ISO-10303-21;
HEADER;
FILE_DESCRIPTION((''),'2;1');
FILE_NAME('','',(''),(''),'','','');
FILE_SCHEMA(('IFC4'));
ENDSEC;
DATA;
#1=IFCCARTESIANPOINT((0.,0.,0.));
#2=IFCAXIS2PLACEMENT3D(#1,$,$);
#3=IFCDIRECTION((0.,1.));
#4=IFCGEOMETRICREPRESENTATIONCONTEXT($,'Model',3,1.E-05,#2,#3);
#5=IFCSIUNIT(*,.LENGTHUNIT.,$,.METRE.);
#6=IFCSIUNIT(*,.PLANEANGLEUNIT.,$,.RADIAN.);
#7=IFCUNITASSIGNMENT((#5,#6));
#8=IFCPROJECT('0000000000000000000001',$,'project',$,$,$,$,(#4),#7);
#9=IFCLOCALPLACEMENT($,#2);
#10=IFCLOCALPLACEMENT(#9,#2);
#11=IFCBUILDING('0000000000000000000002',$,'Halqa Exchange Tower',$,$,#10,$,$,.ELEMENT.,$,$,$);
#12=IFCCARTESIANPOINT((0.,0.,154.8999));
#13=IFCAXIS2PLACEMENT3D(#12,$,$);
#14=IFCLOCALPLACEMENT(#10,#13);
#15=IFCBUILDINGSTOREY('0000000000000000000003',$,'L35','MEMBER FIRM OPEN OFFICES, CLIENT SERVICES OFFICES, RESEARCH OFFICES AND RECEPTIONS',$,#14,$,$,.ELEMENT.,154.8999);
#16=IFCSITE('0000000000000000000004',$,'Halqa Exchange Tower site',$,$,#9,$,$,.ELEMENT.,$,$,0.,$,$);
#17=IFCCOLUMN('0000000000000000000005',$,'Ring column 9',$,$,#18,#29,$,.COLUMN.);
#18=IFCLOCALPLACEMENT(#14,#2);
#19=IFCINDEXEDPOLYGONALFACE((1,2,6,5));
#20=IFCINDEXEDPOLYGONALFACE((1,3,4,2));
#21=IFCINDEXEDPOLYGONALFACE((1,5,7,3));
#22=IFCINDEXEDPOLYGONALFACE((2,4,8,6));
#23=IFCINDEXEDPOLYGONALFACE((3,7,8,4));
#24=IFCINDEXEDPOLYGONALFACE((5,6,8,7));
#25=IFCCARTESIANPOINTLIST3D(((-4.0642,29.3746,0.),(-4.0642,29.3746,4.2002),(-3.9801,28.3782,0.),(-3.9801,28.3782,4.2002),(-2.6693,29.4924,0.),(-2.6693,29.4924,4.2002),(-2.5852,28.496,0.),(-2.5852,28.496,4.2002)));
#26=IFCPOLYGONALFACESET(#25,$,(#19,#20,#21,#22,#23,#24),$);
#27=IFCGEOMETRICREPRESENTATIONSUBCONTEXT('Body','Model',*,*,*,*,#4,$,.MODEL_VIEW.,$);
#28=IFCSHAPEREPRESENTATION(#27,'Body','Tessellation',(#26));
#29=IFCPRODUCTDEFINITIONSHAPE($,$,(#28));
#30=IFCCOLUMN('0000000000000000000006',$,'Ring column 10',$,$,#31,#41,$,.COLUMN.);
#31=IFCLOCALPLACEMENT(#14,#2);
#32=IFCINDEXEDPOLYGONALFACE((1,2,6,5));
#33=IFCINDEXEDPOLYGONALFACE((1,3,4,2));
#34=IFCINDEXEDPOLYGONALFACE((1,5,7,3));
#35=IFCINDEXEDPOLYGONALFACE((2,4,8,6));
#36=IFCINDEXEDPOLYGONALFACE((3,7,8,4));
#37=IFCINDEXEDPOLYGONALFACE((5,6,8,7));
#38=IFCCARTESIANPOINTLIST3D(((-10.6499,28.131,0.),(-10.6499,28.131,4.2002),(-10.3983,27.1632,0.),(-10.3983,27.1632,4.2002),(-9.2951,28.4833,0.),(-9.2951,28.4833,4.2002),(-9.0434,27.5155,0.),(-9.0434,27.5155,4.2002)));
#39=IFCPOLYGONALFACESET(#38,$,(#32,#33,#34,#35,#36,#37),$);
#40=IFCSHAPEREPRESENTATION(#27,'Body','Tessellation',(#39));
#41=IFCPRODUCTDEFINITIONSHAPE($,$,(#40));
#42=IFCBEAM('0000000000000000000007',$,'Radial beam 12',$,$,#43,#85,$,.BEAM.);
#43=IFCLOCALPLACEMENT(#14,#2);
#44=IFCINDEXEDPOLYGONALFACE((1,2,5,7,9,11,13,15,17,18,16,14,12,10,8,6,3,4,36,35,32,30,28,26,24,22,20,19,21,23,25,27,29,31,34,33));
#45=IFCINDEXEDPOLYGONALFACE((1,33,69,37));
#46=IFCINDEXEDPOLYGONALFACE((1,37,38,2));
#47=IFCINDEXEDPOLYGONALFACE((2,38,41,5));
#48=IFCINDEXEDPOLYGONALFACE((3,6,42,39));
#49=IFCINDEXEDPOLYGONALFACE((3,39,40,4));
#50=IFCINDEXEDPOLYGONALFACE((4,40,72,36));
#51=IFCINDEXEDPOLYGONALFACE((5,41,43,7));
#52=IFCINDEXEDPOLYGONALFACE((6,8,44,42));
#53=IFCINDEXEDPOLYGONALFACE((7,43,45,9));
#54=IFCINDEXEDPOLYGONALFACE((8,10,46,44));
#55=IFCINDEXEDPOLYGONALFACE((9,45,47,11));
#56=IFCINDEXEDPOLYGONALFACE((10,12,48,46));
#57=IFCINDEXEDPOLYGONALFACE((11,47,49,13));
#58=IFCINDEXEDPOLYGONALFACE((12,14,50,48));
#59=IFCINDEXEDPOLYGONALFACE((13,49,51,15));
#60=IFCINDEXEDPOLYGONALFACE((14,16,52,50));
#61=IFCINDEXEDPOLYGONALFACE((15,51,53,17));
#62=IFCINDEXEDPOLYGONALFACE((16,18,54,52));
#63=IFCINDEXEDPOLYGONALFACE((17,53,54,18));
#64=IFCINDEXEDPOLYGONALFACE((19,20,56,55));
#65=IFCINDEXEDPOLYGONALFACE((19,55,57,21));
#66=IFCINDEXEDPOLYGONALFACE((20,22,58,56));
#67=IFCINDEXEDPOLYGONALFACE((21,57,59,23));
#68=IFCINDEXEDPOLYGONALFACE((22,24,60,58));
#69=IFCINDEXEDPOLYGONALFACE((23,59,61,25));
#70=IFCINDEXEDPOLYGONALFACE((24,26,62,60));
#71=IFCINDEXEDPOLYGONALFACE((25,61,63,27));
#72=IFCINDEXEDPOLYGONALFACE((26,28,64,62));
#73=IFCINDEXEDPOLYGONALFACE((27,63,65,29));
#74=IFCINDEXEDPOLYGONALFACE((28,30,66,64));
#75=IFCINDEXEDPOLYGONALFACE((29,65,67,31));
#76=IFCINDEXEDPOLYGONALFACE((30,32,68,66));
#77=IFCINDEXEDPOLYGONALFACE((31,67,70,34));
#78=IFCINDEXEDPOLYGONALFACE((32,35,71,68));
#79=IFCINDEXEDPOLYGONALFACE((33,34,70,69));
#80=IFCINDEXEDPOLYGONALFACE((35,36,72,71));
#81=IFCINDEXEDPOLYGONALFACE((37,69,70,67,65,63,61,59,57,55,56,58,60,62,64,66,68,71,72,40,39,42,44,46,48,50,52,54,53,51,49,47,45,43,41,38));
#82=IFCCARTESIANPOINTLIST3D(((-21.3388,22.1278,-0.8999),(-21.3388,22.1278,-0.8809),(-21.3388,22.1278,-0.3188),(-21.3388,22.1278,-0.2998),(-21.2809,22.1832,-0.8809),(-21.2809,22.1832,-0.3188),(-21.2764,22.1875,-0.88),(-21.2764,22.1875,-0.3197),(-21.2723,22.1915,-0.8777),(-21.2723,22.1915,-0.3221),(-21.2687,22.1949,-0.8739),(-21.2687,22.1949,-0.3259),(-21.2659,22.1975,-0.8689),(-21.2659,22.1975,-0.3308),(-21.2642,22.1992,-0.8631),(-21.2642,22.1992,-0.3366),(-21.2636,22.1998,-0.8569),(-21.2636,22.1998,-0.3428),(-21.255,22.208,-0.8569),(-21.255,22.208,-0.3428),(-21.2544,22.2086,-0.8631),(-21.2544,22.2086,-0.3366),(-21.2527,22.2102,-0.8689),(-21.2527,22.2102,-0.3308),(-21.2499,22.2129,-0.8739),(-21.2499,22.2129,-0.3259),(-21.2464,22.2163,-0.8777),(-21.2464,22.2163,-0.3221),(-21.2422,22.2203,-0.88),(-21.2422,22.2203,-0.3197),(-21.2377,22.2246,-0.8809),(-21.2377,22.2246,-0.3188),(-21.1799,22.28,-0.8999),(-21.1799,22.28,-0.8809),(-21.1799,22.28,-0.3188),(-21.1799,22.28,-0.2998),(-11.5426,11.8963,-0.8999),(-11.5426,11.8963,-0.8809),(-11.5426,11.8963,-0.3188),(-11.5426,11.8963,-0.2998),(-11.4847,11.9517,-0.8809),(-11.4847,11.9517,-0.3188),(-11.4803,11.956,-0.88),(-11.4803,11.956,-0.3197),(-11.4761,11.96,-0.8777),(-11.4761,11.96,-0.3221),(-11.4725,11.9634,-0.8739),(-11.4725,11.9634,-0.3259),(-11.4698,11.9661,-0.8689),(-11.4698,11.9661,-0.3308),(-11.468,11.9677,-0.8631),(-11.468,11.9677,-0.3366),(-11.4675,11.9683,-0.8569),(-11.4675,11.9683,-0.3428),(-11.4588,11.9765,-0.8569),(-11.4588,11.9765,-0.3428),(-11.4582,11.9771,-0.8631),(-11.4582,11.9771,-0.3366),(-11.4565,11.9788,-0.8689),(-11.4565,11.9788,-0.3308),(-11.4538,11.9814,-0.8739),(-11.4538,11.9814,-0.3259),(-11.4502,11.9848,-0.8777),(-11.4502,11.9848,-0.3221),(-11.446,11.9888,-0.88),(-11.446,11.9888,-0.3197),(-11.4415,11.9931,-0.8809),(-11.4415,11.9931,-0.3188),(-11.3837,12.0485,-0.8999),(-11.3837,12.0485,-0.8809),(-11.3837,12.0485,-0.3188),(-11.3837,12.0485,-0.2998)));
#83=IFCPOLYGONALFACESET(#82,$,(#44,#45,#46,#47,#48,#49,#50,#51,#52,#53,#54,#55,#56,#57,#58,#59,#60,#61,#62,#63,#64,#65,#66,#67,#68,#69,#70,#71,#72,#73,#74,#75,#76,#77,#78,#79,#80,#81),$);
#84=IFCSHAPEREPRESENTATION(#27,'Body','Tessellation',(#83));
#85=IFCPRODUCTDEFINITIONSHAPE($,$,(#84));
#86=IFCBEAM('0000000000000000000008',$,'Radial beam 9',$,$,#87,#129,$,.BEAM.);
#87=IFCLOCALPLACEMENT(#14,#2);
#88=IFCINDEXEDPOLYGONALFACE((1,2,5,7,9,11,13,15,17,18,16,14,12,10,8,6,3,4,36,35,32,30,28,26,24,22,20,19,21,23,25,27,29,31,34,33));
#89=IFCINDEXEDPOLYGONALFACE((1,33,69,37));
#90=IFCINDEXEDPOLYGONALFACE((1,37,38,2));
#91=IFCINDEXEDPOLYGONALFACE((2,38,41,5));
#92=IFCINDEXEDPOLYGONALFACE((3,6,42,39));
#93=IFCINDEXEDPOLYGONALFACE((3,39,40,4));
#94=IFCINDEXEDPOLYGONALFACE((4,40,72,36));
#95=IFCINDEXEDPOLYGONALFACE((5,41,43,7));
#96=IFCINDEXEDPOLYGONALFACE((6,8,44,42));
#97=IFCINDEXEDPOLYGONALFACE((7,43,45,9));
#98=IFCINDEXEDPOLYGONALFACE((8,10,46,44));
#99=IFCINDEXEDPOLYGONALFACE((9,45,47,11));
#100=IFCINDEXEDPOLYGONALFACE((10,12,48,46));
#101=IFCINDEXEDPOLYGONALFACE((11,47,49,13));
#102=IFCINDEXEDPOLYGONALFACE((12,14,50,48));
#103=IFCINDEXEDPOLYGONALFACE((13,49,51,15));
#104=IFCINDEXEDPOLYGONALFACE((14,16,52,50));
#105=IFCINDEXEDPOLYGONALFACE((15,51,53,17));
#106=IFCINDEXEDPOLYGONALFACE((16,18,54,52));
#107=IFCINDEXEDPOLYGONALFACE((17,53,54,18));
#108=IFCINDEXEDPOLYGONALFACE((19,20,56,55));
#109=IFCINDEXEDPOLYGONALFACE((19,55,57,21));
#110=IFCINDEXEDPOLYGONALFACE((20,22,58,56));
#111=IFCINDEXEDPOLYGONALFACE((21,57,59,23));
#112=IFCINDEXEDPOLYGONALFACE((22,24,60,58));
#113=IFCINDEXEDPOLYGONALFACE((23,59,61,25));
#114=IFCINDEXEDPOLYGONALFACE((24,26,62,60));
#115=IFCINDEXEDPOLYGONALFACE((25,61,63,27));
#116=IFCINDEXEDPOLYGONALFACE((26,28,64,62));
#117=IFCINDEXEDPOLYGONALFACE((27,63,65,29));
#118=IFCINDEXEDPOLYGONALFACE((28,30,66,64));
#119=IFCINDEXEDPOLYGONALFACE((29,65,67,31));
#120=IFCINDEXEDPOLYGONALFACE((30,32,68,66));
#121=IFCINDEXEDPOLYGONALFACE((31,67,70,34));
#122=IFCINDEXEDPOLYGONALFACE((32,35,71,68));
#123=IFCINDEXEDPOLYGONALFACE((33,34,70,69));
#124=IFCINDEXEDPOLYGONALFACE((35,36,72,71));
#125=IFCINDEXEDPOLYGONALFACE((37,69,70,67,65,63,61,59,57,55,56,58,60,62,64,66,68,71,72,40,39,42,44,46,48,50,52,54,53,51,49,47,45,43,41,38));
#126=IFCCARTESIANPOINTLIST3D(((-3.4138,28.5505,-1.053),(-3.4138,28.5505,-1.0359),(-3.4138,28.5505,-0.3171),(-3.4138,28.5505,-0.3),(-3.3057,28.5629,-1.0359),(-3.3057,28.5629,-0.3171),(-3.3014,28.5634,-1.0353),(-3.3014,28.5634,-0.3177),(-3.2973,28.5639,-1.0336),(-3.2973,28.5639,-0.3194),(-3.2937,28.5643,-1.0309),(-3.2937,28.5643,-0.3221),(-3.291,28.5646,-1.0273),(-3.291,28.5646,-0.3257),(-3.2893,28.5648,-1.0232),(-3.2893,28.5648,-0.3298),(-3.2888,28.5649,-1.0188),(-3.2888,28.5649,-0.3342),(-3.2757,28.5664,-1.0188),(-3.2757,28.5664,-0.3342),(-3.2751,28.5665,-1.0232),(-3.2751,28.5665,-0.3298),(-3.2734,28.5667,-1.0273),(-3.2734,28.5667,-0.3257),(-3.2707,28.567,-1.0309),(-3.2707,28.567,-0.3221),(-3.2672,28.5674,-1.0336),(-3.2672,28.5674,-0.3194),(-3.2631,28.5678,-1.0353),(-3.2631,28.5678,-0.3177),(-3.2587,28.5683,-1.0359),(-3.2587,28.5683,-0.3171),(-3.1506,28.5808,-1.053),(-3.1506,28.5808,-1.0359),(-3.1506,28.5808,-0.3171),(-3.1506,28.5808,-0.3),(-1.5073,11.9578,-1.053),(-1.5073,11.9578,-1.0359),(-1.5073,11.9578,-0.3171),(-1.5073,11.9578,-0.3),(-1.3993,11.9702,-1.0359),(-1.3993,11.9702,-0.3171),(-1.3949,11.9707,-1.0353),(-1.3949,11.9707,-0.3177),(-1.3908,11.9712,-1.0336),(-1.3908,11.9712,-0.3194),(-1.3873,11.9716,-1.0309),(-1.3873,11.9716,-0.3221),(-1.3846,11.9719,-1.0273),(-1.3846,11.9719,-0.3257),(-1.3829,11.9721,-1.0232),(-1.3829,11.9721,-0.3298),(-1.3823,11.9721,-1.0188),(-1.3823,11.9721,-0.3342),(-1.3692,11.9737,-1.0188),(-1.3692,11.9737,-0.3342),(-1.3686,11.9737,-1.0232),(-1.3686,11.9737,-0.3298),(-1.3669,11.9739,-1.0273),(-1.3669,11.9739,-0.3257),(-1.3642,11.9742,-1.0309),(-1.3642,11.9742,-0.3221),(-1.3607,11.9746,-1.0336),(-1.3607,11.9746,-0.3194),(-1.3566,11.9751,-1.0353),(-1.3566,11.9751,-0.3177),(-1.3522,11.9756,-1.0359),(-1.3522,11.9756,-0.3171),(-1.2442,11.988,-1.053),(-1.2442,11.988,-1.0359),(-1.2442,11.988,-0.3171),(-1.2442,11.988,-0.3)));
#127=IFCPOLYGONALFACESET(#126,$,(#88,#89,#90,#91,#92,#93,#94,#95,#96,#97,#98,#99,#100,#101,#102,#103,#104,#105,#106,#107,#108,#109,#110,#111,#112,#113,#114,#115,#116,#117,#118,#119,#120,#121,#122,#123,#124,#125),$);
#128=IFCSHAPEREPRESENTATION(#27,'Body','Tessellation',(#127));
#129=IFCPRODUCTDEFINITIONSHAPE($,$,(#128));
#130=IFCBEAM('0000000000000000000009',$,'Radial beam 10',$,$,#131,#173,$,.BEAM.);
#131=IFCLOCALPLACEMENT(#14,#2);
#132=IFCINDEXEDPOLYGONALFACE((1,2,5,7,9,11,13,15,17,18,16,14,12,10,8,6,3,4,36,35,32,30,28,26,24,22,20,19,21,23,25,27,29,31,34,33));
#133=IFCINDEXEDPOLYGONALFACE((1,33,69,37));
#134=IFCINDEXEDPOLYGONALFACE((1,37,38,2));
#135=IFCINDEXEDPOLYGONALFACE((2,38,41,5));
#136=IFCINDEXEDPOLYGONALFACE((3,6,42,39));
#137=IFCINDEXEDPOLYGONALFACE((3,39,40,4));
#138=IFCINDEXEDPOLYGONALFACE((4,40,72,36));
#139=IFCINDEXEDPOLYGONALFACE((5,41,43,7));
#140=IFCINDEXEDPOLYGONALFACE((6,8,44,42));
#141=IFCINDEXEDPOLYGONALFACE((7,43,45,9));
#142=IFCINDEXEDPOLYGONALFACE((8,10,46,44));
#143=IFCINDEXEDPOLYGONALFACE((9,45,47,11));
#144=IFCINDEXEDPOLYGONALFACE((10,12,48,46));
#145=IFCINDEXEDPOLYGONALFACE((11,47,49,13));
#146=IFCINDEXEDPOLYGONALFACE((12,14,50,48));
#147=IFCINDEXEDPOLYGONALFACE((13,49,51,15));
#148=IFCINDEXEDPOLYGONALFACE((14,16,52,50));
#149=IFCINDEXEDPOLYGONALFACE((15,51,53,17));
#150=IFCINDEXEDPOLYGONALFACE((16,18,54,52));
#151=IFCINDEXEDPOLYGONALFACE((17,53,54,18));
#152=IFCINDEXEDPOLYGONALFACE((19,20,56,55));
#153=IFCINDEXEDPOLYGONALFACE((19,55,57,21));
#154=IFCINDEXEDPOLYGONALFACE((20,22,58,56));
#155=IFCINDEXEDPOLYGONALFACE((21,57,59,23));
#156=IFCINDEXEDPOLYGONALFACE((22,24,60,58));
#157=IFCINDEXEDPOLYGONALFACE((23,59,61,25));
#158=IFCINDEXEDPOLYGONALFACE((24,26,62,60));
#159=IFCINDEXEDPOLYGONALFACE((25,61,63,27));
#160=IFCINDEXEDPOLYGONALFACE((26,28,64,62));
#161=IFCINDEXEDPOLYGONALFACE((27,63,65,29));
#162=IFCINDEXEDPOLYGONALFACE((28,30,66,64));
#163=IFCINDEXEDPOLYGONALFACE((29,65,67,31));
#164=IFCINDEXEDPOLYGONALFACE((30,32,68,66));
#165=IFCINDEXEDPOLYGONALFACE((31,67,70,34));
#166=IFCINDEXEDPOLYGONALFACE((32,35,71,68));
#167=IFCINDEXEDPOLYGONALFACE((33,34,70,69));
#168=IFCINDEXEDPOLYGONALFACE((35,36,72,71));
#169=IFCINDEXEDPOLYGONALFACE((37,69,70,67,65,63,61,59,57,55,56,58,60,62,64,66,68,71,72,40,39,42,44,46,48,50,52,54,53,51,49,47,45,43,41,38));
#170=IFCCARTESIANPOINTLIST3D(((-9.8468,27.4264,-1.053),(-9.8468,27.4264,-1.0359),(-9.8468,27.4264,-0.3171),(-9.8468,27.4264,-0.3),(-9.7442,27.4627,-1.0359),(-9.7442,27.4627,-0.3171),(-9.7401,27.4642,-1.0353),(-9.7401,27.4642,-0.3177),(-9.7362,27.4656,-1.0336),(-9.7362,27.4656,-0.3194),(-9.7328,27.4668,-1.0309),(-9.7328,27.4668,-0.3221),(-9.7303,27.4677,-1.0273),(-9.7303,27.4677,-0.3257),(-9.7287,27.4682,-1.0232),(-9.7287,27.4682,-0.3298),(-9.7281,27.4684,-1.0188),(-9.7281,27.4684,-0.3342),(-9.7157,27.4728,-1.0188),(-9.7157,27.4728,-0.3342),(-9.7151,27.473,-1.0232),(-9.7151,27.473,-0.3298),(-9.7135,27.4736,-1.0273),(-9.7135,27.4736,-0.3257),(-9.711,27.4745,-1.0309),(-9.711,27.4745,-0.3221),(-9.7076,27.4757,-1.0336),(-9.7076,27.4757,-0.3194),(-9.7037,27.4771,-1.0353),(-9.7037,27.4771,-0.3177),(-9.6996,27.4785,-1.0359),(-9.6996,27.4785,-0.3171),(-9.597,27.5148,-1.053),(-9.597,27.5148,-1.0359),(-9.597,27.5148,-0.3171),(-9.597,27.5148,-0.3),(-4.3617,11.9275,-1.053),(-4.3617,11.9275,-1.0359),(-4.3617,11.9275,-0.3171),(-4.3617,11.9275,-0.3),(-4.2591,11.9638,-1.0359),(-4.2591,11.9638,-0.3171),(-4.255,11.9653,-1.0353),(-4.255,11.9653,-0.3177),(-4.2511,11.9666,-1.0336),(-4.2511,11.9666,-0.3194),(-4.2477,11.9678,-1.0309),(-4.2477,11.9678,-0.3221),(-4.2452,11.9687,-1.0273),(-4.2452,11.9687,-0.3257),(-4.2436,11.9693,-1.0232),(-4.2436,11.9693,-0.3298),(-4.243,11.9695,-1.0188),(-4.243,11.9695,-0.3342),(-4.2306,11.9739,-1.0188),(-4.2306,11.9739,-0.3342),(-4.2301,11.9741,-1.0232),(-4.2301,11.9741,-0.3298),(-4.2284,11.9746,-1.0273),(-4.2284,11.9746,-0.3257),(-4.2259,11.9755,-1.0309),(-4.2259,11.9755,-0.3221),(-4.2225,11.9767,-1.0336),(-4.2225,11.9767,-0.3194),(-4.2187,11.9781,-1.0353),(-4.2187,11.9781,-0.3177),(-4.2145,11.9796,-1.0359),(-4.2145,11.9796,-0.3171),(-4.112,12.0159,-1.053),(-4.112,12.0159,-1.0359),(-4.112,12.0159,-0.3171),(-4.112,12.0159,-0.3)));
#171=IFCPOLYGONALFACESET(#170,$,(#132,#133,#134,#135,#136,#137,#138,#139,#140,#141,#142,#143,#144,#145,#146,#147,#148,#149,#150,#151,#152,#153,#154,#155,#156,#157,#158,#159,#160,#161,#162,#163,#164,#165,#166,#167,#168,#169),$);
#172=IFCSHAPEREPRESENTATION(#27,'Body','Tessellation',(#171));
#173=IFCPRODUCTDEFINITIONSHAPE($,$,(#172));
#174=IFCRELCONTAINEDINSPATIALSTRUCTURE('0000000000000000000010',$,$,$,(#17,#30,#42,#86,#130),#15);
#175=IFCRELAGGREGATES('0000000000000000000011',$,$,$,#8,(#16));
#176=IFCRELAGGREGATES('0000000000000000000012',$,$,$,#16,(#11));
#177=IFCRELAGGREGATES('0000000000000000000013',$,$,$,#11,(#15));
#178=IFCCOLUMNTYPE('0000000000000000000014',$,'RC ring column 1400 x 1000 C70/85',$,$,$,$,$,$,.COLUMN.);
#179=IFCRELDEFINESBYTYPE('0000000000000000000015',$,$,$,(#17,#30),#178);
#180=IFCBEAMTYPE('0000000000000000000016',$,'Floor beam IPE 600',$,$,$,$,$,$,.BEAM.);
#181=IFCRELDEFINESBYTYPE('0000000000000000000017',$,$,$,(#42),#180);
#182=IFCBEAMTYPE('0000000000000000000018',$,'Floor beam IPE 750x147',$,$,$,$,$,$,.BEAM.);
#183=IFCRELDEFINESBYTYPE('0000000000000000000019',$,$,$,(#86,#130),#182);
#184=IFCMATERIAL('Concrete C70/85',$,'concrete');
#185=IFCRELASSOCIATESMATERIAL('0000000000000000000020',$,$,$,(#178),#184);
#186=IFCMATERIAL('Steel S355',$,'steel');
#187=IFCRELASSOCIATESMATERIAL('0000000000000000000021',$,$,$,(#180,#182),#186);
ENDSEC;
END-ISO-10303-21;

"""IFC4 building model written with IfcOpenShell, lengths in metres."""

from ifc_helpers import new_model, si_unit, direction, frame, origin, origin_2d, place, context, subcontext, project, spatial, rectangle, i_section, extrude, material, material_profile, profile_set, type_object, element, save


model = new_model("IFC4")

# Units and contexts
model_context = context("Model", 3, precision=1e-05, world=origin(), true_north=direction((0.0, 1.0)))
body_context = subcontext(model_context, "Body", "Model", "MODEL_VIEW")
ifc_project = project(units=[si_unit("LENGTHUNIT", "METRE"), si_unit("PLANEANGLEUNIT", "RADIAN")], contexts=[model_context])

# Site, building, storey
site_placement = place(None, origin())
site = spatial("IfcSite", under=ifc_project, at=site_placement, Name="Halqa Exchange Tower site", CompositionType="ELEMENT", RefElevation=0.0)
building_placement = place(site_placement, origin())
building = spatial("IfcBuilding", under=site, at=building_placement, Name="Halqa Exchange Tower", CompositionType="ELEMENT")
storey_placement = place(building_placement, frame((0.0, 0.0, 154.8999)))
storey = spatial("IfcBuildingStorey", under=building, at=storey_placement, Name="L35", Description="MEMBER FIRM OPEN OFFICES, CLIENT SERVICES OFFICES, RESEARCH OFFICES AND RECEPTIONS", CompositionType="ELEMENT", Elevation=154.8999)

# Columns
ifc_material_1 = material(Name="Concrete C70/85", Category="concrete")
ifc_material_profile_1 = material_profile(ifc_material_1, rectangle(XDim=1.3999, YDim=1.0, at=origin_2d()), Name="1400 x 1000")
ifc_profile_set_1 = profile_set([ifc_material_profile_1], Name="Concrete C70/85")
column_type = type_object("IfcColumnType", Name="RC ring column 1400 x 1000 C70/85", PredefinedType="COLUMN", material=ifc_profile_set_1)
for number, where, z_axis, x_axis, name in (
    (1, (-3.3247, 28.9353, 0.0), (0.0, 0.0, 1.0), (-0.996455, -0.084125, 0.0), "Ring column 9"),
    (2, (-9.8467, 27.8232, 0.0), (0.0, 0.0, 1.0), (-0.96782, -0.251645, 0.0), "Ring column 10"),
):
    element("IfcColumn", number, at=place(storey_placement, frame(where, z_axis=z_axis, x_axis=x_axis)), inside=storey, type_object=column_type, Name=name, PredefinedType="COLUMN", context=body_context, shape_type="SweptSolid", body=[
        extrude(rectangle(XDim=1.3999, YDim=1.0, at=origin_2d()), origin(), (0.0, 0.0, 1.0), 4.2002),
    ])

# Beams
ifc_material_2 = material(Name="Steel S355", Category="steel")
ifc_material_profile_2 = material_profile(ifc_material_2, i_section(OverallWidth=0.22, OverallDepth=0.6001, WebThickness=0.012, FlangeThickness=0.019, FilletRadius=0.0239, at=origin_2d()), Name="IPE 600")
ifc_profile_set_2 = profile_set([ifc_material_profile_2], Name="Steel S355")
beam_type_1 = type_object("IfcBeamType", Name="Floor beam IPE 600", PredefinedType="BEAM", material=ifc_profile_set_2)
beam_1_placement = place(storey_placement, frame((-11.4631, 11.9724, -0.5999), z_axis=(-0.691574, 0.722305, 0.0), x_axis=(-0.722305, -0.691574, 0.0)))
element("IfcBeam", 3, at=beam_1_placement, inside=storey, type_object=beam_type_1, Name="Radial beam 12", PredefinedType="BEAM", context=body_context, shape_type="SweptSolid", body=[
    extrude(i_section(OverallWidth=0.22, OverallDepth=0.6001, WebThickness=0.012, FlangeThickness=0.019, FilletRadius=0.0239, at=origin_2d()), origin(), (0.0, 0.0, 1.0), 14.165),
])
ifc_material_profile_3 = material_profile(ifc_material_2, i_section(OverallWidth=0.2649, OverallDepth=0.7529, WebThickness=0.0132, FlangeThickness=0.0171, FilletRadius=0.0171, at=origin_2d()), Name="IPE 750x147")
ifc_profile_set_3 = profile_set([ifc_material_profile_3], Name="Steel S355")
beam_type_2 = type_object("IfcBeamType", Name="Floor beam IPE 750x147", PredefinedType="BEAM", material=ifc_profile_set_3)
beam_2_placement = place(storey_placement, frame((-1.3757, 11.9729, -0.6765), z_axis=(-0.114148, 0.993464, 0.0), x_axis=(-0.993464, -0.114148, 0.0)))
element("IfcBeam", 4, at=beam_2_placement, inside=storey, type_object=beam_type_2, Name="Radial beam 9", PredefinedType="BEAM", context=body_context, shape_type="SweptSolid", body=[
    extrude(i_section(OverallWidth=0.2649, OverallDepth=0.7529, WebThickness=0.0132, FlangeThickness=0.0171, FilletRadius=0.0171, at=origin_2d()), origin(), (0.0, 0.0, 1.0), 16.7019),
])
beam_3_placement = place(storey_placement, frame((-4.2368, 11.9717, -0.6765), z_axis=(-0.333624, 0.942706, 0.0), x_axis=(-0.942706, -0.333624, 0.0)))
element("IfcBeam", 5, at=beam_3_placement, inside=storey, type_object=beam_type_2, Name="Radial beam 10", PredefinedType="BEAM", context=body_context, shape_type="SweptSolid", body=[
    extrude(i_section(OverallWidth=0.2649, OverallDepth=0.7529, WebThickness=0.0132, FlangeThickness=0.0171, FilletRadius=0.0171, at=origin_2d()), origin(), (0.0, 0.0, 1.0), 16.4409),
])

save(model, "model.ifc")
